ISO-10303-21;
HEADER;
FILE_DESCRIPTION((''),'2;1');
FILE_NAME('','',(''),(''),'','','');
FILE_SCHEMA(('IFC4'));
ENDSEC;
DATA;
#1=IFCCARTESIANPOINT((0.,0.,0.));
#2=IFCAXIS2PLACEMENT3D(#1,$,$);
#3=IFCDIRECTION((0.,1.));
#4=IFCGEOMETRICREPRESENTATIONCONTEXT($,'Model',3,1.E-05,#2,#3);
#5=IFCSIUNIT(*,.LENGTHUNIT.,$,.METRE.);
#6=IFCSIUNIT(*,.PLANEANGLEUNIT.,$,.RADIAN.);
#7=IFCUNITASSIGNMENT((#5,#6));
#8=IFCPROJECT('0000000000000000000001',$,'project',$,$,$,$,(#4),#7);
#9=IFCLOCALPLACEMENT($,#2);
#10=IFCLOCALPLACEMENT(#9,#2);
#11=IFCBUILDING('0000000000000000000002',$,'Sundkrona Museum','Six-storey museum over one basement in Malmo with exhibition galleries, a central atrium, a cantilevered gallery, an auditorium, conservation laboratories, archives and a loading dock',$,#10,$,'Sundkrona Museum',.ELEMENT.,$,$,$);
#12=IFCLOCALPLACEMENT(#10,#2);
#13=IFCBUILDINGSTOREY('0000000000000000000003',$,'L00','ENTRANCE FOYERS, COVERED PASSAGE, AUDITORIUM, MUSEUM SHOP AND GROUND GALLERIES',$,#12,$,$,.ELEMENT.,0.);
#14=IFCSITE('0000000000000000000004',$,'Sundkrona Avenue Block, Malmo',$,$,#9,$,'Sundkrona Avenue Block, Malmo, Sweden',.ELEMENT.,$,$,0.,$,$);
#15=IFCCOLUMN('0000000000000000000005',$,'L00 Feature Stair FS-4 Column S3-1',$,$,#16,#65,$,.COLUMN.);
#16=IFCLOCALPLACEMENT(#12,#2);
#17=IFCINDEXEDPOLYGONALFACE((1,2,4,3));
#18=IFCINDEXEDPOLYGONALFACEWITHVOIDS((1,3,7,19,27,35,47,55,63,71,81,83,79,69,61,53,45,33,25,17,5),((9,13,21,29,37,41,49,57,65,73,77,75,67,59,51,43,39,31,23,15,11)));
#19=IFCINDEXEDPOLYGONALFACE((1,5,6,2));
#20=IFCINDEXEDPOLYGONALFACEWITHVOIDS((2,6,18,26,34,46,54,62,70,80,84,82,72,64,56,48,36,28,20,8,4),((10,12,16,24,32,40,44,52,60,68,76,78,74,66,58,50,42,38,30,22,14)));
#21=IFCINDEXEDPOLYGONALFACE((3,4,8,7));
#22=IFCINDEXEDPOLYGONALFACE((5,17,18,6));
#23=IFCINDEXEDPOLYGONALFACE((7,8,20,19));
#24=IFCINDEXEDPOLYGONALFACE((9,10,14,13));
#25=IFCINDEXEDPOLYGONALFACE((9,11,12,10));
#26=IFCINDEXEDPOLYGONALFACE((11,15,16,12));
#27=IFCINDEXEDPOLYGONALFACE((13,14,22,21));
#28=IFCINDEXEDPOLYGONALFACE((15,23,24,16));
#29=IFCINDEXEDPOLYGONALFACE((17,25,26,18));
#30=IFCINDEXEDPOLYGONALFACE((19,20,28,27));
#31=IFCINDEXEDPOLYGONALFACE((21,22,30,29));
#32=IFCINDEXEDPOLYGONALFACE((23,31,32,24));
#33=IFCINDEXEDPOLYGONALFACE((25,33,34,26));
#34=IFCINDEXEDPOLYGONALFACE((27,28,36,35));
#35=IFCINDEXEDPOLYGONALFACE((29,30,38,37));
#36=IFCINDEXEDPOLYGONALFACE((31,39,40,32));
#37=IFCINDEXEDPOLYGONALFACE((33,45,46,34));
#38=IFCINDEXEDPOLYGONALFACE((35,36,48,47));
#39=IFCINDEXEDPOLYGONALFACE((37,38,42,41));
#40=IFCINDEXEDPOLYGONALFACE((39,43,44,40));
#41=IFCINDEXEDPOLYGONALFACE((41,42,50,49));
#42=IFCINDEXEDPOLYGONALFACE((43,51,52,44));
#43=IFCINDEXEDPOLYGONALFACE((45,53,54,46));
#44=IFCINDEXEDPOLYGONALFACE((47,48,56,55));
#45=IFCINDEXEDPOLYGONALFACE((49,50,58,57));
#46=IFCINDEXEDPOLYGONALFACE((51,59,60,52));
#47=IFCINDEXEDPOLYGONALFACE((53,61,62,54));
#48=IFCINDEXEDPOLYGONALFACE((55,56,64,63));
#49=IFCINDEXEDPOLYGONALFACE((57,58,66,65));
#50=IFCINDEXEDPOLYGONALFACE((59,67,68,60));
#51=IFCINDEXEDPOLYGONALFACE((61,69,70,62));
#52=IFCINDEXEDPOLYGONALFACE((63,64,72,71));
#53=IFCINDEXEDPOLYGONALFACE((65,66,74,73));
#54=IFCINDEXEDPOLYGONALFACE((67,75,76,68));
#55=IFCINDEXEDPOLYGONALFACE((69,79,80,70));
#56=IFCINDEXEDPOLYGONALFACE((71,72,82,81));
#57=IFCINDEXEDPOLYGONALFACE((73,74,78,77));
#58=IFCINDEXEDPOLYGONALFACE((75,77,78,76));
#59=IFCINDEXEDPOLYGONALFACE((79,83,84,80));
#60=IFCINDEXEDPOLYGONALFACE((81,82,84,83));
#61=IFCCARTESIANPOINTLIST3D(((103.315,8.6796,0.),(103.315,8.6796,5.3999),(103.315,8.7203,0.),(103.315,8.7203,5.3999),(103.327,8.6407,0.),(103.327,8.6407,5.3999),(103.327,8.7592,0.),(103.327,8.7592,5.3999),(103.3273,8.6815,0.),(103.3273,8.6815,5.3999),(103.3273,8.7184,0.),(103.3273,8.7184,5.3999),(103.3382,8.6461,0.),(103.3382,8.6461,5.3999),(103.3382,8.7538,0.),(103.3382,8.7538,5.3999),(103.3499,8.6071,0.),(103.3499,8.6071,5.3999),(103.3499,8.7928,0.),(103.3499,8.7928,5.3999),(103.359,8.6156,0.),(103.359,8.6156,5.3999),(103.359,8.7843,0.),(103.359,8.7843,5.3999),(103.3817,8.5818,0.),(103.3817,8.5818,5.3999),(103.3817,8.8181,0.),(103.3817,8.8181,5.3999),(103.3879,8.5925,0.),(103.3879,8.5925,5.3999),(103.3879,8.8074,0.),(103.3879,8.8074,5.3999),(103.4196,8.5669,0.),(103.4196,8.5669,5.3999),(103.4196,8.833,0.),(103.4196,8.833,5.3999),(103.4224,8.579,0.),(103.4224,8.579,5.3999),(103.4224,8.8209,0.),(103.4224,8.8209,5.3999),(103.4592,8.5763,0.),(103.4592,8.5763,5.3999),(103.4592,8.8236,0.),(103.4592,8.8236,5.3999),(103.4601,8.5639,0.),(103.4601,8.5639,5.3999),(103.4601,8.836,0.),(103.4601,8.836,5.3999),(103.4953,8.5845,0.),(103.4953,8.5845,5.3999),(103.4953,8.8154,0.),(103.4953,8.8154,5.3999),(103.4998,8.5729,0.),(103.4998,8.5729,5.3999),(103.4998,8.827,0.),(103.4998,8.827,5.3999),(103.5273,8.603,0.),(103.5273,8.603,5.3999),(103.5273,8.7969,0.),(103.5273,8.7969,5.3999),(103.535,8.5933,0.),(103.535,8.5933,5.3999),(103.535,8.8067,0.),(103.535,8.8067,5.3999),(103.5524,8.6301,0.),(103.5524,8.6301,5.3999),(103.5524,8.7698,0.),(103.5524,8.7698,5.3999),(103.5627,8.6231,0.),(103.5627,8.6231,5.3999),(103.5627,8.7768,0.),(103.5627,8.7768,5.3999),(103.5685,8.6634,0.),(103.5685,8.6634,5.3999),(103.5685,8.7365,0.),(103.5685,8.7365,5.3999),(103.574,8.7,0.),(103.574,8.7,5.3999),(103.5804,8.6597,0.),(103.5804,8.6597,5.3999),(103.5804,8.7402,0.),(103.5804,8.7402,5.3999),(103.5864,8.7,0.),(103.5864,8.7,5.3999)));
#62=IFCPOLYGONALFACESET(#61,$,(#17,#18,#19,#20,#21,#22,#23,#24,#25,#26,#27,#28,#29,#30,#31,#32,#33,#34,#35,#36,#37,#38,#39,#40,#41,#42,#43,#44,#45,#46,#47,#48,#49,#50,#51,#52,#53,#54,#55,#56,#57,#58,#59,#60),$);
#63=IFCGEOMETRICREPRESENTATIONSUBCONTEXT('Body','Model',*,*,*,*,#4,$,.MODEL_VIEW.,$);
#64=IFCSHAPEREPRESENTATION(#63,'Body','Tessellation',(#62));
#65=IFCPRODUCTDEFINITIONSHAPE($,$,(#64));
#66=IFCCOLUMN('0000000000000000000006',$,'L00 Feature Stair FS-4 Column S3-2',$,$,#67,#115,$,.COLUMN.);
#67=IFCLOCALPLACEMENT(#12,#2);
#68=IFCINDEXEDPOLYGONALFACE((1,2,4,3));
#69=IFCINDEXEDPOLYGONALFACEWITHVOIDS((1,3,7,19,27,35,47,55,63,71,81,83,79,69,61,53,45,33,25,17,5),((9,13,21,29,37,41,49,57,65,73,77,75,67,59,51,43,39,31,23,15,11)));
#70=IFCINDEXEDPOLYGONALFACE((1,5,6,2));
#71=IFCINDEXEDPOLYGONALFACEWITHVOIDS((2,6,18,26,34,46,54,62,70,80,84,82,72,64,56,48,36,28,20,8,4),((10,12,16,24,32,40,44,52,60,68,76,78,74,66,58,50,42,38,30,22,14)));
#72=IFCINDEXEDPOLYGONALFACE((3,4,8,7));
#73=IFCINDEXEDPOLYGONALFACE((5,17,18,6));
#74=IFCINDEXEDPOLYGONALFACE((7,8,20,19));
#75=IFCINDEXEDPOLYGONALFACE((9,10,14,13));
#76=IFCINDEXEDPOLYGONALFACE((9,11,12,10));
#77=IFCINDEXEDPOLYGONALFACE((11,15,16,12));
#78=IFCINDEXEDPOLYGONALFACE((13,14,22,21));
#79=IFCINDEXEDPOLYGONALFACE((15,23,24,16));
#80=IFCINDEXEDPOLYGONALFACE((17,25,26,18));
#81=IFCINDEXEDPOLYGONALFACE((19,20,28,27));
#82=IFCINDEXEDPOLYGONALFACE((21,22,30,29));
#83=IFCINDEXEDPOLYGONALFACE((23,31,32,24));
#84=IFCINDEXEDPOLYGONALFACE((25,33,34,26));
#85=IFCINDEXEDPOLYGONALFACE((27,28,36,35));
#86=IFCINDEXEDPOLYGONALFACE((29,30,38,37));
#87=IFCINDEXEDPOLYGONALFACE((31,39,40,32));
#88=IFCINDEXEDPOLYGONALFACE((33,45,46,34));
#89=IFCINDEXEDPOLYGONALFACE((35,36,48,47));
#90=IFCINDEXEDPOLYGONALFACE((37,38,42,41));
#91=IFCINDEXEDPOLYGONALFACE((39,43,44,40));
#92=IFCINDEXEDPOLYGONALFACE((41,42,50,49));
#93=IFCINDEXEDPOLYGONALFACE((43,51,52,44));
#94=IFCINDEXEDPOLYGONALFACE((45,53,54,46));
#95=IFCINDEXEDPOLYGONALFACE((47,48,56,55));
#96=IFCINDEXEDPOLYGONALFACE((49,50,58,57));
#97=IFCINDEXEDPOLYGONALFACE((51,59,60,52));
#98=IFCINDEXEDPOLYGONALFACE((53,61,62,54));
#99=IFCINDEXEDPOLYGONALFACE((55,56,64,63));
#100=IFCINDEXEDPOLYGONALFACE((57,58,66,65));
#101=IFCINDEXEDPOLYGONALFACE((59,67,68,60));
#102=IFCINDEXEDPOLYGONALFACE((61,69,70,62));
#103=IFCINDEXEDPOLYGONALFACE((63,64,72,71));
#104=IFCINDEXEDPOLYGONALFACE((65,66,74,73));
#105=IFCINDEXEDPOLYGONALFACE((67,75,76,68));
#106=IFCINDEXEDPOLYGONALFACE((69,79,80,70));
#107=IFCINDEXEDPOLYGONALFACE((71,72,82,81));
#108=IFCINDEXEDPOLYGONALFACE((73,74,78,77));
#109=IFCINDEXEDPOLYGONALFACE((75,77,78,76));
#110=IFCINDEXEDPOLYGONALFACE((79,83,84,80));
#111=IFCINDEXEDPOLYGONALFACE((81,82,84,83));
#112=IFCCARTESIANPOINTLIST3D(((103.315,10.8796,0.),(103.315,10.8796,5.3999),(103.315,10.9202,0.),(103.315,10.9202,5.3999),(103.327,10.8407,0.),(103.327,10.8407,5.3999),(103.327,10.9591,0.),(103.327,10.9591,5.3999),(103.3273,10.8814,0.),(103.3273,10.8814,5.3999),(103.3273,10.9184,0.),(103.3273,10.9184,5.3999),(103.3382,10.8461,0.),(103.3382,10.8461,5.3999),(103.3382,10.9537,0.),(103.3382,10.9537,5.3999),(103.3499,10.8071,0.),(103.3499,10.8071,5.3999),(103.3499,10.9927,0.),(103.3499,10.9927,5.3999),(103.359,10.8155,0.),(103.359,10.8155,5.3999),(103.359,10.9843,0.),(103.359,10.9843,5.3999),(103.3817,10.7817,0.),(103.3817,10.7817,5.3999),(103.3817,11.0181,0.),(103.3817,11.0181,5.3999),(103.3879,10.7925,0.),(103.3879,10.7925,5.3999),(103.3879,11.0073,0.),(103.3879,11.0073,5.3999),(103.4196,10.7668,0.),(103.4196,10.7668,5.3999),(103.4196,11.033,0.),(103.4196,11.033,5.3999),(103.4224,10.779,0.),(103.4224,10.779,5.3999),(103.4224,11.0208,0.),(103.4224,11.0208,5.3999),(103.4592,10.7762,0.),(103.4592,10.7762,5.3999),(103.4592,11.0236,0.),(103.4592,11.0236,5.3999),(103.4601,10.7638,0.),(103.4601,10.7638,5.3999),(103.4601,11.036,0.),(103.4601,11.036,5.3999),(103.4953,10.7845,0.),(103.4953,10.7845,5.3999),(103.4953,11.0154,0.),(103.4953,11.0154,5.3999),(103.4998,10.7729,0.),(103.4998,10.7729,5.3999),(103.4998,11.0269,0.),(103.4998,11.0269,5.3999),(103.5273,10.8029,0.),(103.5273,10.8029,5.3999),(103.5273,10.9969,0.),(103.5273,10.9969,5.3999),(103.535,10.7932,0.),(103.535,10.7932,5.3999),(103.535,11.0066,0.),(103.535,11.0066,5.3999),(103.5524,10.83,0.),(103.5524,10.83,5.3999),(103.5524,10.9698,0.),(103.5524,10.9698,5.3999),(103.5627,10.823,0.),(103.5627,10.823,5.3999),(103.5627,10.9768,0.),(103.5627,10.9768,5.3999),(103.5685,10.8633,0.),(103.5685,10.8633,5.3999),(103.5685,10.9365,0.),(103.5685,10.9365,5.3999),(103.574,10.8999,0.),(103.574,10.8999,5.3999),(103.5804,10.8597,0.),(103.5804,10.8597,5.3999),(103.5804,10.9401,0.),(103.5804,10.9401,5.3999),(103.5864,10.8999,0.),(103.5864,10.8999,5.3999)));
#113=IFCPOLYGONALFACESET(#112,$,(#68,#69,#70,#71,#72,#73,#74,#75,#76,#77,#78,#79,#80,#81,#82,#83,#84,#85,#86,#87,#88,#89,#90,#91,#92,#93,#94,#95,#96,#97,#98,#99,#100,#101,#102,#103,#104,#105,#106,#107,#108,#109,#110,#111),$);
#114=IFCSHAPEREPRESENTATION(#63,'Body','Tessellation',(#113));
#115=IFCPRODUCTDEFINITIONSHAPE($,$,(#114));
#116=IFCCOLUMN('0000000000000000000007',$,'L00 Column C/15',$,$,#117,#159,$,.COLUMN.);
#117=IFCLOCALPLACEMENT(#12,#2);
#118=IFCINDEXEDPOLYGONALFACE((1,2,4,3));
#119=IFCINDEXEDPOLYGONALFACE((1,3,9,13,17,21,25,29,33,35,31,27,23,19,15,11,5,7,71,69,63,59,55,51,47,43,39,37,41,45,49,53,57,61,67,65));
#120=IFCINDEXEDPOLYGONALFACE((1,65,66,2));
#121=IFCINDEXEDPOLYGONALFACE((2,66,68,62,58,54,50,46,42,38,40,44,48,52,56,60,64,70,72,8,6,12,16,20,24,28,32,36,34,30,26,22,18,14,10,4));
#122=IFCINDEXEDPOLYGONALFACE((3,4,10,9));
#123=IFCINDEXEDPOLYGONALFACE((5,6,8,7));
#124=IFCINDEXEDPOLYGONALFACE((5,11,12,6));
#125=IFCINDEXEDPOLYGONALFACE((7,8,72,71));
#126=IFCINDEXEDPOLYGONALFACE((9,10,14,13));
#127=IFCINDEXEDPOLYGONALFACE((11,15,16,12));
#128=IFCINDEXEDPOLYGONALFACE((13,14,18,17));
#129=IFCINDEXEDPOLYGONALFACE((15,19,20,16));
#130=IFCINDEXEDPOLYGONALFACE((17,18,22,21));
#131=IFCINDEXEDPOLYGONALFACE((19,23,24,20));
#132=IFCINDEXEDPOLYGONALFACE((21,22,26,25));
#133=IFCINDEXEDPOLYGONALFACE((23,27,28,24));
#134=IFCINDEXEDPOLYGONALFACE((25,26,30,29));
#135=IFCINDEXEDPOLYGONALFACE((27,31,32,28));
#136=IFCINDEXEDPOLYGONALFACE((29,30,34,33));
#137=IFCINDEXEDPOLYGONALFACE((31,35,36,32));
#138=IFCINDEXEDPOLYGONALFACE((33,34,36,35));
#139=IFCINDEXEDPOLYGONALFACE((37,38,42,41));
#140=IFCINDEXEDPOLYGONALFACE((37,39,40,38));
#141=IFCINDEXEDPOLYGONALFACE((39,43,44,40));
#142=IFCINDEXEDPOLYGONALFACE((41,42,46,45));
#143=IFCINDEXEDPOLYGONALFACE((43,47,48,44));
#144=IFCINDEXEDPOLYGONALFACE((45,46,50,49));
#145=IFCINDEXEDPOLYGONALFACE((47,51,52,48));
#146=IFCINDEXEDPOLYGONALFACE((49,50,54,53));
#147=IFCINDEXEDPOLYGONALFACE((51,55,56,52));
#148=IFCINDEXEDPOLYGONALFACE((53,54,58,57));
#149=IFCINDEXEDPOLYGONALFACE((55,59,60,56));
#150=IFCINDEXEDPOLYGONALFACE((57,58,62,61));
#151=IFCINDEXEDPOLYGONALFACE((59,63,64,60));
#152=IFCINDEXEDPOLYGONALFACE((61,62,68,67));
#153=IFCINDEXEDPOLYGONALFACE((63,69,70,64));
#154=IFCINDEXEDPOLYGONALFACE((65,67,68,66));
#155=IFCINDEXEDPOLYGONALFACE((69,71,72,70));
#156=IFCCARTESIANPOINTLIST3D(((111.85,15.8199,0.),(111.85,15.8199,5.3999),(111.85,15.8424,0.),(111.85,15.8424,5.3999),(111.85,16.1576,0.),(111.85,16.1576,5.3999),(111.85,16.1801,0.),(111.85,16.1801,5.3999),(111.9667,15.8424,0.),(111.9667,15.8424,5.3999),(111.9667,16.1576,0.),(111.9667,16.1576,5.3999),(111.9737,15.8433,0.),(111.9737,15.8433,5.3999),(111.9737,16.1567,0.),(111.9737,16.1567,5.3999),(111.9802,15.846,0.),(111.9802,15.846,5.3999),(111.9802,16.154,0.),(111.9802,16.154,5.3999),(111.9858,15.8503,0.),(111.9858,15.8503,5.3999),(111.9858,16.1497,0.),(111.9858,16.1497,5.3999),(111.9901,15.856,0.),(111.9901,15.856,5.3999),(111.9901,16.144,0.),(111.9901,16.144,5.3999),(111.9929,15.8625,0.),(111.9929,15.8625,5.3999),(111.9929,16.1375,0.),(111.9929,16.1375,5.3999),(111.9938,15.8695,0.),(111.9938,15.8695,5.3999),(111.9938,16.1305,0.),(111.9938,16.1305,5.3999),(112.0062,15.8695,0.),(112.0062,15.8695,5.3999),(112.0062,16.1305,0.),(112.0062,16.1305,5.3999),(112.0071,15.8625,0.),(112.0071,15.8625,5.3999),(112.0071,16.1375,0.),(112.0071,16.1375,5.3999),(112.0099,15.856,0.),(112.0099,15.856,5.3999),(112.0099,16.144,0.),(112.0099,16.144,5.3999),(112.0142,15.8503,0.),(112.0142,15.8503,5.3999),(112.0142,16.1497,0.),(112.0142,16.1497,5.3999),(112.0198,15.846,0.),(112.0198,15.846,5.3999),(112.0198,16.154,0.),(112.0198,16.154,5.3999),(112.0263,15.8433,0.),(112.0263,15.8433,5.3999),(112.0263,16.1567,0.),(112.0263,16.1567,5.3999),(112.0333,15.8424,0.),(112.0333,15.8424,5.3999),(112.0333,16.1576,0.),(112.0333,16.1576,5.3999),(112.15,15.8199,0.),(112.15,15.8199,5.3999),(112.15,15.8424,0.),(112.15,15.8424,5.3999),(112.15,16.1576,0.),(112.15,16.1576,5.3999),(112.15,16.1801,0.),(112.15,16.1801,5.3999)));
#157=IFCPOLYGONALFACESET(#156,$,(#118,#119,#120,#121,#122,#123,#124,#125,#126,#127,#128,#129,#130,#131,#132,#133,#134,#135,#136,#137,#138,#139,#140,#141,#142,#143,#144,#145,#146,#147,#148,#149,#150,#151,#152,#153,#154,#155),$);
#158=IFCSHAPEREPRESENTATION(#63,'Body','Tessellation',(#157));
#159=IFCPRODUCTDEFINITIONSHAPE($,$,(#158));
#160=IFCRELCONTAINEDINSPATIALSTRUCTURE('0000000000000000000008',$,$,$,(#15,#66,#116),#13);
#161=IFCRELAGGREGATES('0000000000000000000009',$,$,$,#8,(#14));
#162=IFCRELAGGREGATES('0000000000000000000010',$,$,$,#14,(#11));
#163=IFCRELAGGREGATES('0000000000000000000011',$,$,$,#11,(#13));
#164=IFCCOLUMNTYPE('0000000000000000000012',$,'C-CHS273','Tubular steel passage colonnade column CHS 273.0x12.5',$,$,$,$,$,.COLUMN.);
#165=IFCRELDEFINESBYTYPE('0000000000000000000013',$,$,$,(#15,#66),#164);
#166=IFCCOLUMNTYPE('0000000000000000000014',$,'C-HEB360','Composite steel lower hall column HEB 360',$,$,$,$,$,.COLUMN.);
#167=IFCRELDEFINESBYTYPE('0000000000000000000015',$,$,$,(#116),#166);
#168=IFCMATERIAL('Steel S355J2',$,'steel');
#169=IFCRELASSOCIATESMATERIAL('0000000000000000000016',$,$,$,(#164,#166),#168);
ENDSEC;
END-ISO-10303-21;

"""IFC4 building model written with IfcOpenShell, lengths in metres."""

from ifc_helpers import new_model, si_unit, direction, frame, origin, origin_2d, place, context, subcontext, project, spatial, hollow_circle, i_section, extrude, material, material_profile, profile_set, type_object, element, save


model = new_model("IFC4")

# Units and contexts
model_context = context("Model", 3, precision=1e-05, world=origin(), true_north=direction((0.0, 1.0)))
body_context = subcontext(model_context, "Body", "Model", "MODEL_VIEW")
ifc_project = project(units=[si_unit("LENGTHUNIT", "METRE"), si_unit("PLANEANGLEUNIT", "RADIAN")], contexts=[model_context])

# Site, building, storey
site_placement = place(None, origin())
site = spatial("IfcSite", under=ifc_project, at=site_placement, Name="Sundkrona Avenue Block, Malmo", LongName="Sundkrona Avenue Block, Malmo, Sweden", CompositionType="ELEMENT", RefElevation=0.0)
building_placement = place(site_placement, origin())
building = spatial("IfcBuilding", under=site, at=building_placement, Name="Sundkrona Museum", Description="Six-storey museum over one basement in Malmo with exhibition galleries, a central atrium, a cantilevered gallery, an auditorium, conservation laboratories, archives and a loading dock", LongName="Sundkrona Museum", CompositionType="ELEMENT")
storey_placement = place(building_placement, origin())
storey = spatial("IfcBuildingStorey", under=building, at=storey_placement, Name="L00", Description="ENTRANCE FOYERS, COVERED PASSAGE, AUDITORIUM, MUSEUM SHOP AND GROUND GALLERIES", CompositionType="ELEMENT", Elevation=0.0)

# Columns
ifc_material_1 = material(Name="Steel S355J2", Category="steel")
ifc_material_profile_1 = material_profile(ifc_material_1, hollow_circle(Radius=0.1365, WallThickness=0.0125, at=origin_2d()), Name="CHS 273.0x12.5")
ifc_profile_set_1 = profile_set([ifc_material_profile_1], Name="Steel S355J2")
column_type_1 = type_object("IfcColumnType", Name="C-CHS273", Description="Tubular steel passage colonnade column CHS 273.0x12.5", PredefinedType="COLUMN", material=ifc_profile_set_1)
for number, where, z_axis, x_axis, name in (
    (1, (103.45, 8.7, 0.0), (0.0, 0.0, 1.0), (1.0, 0.0, 0.0), "L00 Feature Stair FS-4 Column S3-1"),
    (2, (103.45, 10.8999, 0.0), (0.0, 0.0, 1.0), (1.0, 0.0, 0.0), "L00 Feature Stair FS-4 Column S3-2"),
):
    element("IfcColumn", number, at=place(storey_placement, frame(where, z_axis=z_axis, x_axis=x_axis)), inside=storey, type_object=column_type_1, Name=name, PredefinedType="COLUMN", context=body_context, shape_type="SweptSolid", body=[
        extrude(hollow_circle(Radius=0.1365, WallThickness=0.0125, at=origin_2d()), origin(), (0.0, 0.0, 1.0), 5.3999),
    ])
ifc_material_profile_2 = material_profile(ifc_material_1, i_section(OverallWidth=0.3, OverallDepth=0.3601, WebThickness=0.0125, FlangeThickness=0.0225, FilletRadius=0.0271, at=origin_2d()), Name="HEB 360")
ifc_profile_set_2 = profile_set([ifc_material_profile_2], Name="Steel S355J2")
column_type_2 = type_object("IfcColumnType", Name="C-HEB360", Description="Composite steel lower hall column HEB 360", PredefinedType="COLUMN", material=ifc_profile_set_2)
column_placement = place(storey_placement, frame((112.0, 16.0, 0.0), z_axis=(0.0, 0.0, 1.0), x_axis=(1.0, 0.0, 0.0)))
element("IfcColumn", 3, at=column_placement, inside=storey, type_object=column_type_2, Name="L00 Column C/15", PredefinedType="COLUMN", context=body_context, shape_type="SweptSolid", body=[
    extrude(i_section(OverallWidth=0.3, OverallDepth=0.3601, WebThickness=0.0125, FlangeThickness=0.0225, FilletRadius=0.0271, at=origin_2d()), origin(), (0.0, 0.0, 1.0), 5.3999),
])

save(model, "model.ifc")
